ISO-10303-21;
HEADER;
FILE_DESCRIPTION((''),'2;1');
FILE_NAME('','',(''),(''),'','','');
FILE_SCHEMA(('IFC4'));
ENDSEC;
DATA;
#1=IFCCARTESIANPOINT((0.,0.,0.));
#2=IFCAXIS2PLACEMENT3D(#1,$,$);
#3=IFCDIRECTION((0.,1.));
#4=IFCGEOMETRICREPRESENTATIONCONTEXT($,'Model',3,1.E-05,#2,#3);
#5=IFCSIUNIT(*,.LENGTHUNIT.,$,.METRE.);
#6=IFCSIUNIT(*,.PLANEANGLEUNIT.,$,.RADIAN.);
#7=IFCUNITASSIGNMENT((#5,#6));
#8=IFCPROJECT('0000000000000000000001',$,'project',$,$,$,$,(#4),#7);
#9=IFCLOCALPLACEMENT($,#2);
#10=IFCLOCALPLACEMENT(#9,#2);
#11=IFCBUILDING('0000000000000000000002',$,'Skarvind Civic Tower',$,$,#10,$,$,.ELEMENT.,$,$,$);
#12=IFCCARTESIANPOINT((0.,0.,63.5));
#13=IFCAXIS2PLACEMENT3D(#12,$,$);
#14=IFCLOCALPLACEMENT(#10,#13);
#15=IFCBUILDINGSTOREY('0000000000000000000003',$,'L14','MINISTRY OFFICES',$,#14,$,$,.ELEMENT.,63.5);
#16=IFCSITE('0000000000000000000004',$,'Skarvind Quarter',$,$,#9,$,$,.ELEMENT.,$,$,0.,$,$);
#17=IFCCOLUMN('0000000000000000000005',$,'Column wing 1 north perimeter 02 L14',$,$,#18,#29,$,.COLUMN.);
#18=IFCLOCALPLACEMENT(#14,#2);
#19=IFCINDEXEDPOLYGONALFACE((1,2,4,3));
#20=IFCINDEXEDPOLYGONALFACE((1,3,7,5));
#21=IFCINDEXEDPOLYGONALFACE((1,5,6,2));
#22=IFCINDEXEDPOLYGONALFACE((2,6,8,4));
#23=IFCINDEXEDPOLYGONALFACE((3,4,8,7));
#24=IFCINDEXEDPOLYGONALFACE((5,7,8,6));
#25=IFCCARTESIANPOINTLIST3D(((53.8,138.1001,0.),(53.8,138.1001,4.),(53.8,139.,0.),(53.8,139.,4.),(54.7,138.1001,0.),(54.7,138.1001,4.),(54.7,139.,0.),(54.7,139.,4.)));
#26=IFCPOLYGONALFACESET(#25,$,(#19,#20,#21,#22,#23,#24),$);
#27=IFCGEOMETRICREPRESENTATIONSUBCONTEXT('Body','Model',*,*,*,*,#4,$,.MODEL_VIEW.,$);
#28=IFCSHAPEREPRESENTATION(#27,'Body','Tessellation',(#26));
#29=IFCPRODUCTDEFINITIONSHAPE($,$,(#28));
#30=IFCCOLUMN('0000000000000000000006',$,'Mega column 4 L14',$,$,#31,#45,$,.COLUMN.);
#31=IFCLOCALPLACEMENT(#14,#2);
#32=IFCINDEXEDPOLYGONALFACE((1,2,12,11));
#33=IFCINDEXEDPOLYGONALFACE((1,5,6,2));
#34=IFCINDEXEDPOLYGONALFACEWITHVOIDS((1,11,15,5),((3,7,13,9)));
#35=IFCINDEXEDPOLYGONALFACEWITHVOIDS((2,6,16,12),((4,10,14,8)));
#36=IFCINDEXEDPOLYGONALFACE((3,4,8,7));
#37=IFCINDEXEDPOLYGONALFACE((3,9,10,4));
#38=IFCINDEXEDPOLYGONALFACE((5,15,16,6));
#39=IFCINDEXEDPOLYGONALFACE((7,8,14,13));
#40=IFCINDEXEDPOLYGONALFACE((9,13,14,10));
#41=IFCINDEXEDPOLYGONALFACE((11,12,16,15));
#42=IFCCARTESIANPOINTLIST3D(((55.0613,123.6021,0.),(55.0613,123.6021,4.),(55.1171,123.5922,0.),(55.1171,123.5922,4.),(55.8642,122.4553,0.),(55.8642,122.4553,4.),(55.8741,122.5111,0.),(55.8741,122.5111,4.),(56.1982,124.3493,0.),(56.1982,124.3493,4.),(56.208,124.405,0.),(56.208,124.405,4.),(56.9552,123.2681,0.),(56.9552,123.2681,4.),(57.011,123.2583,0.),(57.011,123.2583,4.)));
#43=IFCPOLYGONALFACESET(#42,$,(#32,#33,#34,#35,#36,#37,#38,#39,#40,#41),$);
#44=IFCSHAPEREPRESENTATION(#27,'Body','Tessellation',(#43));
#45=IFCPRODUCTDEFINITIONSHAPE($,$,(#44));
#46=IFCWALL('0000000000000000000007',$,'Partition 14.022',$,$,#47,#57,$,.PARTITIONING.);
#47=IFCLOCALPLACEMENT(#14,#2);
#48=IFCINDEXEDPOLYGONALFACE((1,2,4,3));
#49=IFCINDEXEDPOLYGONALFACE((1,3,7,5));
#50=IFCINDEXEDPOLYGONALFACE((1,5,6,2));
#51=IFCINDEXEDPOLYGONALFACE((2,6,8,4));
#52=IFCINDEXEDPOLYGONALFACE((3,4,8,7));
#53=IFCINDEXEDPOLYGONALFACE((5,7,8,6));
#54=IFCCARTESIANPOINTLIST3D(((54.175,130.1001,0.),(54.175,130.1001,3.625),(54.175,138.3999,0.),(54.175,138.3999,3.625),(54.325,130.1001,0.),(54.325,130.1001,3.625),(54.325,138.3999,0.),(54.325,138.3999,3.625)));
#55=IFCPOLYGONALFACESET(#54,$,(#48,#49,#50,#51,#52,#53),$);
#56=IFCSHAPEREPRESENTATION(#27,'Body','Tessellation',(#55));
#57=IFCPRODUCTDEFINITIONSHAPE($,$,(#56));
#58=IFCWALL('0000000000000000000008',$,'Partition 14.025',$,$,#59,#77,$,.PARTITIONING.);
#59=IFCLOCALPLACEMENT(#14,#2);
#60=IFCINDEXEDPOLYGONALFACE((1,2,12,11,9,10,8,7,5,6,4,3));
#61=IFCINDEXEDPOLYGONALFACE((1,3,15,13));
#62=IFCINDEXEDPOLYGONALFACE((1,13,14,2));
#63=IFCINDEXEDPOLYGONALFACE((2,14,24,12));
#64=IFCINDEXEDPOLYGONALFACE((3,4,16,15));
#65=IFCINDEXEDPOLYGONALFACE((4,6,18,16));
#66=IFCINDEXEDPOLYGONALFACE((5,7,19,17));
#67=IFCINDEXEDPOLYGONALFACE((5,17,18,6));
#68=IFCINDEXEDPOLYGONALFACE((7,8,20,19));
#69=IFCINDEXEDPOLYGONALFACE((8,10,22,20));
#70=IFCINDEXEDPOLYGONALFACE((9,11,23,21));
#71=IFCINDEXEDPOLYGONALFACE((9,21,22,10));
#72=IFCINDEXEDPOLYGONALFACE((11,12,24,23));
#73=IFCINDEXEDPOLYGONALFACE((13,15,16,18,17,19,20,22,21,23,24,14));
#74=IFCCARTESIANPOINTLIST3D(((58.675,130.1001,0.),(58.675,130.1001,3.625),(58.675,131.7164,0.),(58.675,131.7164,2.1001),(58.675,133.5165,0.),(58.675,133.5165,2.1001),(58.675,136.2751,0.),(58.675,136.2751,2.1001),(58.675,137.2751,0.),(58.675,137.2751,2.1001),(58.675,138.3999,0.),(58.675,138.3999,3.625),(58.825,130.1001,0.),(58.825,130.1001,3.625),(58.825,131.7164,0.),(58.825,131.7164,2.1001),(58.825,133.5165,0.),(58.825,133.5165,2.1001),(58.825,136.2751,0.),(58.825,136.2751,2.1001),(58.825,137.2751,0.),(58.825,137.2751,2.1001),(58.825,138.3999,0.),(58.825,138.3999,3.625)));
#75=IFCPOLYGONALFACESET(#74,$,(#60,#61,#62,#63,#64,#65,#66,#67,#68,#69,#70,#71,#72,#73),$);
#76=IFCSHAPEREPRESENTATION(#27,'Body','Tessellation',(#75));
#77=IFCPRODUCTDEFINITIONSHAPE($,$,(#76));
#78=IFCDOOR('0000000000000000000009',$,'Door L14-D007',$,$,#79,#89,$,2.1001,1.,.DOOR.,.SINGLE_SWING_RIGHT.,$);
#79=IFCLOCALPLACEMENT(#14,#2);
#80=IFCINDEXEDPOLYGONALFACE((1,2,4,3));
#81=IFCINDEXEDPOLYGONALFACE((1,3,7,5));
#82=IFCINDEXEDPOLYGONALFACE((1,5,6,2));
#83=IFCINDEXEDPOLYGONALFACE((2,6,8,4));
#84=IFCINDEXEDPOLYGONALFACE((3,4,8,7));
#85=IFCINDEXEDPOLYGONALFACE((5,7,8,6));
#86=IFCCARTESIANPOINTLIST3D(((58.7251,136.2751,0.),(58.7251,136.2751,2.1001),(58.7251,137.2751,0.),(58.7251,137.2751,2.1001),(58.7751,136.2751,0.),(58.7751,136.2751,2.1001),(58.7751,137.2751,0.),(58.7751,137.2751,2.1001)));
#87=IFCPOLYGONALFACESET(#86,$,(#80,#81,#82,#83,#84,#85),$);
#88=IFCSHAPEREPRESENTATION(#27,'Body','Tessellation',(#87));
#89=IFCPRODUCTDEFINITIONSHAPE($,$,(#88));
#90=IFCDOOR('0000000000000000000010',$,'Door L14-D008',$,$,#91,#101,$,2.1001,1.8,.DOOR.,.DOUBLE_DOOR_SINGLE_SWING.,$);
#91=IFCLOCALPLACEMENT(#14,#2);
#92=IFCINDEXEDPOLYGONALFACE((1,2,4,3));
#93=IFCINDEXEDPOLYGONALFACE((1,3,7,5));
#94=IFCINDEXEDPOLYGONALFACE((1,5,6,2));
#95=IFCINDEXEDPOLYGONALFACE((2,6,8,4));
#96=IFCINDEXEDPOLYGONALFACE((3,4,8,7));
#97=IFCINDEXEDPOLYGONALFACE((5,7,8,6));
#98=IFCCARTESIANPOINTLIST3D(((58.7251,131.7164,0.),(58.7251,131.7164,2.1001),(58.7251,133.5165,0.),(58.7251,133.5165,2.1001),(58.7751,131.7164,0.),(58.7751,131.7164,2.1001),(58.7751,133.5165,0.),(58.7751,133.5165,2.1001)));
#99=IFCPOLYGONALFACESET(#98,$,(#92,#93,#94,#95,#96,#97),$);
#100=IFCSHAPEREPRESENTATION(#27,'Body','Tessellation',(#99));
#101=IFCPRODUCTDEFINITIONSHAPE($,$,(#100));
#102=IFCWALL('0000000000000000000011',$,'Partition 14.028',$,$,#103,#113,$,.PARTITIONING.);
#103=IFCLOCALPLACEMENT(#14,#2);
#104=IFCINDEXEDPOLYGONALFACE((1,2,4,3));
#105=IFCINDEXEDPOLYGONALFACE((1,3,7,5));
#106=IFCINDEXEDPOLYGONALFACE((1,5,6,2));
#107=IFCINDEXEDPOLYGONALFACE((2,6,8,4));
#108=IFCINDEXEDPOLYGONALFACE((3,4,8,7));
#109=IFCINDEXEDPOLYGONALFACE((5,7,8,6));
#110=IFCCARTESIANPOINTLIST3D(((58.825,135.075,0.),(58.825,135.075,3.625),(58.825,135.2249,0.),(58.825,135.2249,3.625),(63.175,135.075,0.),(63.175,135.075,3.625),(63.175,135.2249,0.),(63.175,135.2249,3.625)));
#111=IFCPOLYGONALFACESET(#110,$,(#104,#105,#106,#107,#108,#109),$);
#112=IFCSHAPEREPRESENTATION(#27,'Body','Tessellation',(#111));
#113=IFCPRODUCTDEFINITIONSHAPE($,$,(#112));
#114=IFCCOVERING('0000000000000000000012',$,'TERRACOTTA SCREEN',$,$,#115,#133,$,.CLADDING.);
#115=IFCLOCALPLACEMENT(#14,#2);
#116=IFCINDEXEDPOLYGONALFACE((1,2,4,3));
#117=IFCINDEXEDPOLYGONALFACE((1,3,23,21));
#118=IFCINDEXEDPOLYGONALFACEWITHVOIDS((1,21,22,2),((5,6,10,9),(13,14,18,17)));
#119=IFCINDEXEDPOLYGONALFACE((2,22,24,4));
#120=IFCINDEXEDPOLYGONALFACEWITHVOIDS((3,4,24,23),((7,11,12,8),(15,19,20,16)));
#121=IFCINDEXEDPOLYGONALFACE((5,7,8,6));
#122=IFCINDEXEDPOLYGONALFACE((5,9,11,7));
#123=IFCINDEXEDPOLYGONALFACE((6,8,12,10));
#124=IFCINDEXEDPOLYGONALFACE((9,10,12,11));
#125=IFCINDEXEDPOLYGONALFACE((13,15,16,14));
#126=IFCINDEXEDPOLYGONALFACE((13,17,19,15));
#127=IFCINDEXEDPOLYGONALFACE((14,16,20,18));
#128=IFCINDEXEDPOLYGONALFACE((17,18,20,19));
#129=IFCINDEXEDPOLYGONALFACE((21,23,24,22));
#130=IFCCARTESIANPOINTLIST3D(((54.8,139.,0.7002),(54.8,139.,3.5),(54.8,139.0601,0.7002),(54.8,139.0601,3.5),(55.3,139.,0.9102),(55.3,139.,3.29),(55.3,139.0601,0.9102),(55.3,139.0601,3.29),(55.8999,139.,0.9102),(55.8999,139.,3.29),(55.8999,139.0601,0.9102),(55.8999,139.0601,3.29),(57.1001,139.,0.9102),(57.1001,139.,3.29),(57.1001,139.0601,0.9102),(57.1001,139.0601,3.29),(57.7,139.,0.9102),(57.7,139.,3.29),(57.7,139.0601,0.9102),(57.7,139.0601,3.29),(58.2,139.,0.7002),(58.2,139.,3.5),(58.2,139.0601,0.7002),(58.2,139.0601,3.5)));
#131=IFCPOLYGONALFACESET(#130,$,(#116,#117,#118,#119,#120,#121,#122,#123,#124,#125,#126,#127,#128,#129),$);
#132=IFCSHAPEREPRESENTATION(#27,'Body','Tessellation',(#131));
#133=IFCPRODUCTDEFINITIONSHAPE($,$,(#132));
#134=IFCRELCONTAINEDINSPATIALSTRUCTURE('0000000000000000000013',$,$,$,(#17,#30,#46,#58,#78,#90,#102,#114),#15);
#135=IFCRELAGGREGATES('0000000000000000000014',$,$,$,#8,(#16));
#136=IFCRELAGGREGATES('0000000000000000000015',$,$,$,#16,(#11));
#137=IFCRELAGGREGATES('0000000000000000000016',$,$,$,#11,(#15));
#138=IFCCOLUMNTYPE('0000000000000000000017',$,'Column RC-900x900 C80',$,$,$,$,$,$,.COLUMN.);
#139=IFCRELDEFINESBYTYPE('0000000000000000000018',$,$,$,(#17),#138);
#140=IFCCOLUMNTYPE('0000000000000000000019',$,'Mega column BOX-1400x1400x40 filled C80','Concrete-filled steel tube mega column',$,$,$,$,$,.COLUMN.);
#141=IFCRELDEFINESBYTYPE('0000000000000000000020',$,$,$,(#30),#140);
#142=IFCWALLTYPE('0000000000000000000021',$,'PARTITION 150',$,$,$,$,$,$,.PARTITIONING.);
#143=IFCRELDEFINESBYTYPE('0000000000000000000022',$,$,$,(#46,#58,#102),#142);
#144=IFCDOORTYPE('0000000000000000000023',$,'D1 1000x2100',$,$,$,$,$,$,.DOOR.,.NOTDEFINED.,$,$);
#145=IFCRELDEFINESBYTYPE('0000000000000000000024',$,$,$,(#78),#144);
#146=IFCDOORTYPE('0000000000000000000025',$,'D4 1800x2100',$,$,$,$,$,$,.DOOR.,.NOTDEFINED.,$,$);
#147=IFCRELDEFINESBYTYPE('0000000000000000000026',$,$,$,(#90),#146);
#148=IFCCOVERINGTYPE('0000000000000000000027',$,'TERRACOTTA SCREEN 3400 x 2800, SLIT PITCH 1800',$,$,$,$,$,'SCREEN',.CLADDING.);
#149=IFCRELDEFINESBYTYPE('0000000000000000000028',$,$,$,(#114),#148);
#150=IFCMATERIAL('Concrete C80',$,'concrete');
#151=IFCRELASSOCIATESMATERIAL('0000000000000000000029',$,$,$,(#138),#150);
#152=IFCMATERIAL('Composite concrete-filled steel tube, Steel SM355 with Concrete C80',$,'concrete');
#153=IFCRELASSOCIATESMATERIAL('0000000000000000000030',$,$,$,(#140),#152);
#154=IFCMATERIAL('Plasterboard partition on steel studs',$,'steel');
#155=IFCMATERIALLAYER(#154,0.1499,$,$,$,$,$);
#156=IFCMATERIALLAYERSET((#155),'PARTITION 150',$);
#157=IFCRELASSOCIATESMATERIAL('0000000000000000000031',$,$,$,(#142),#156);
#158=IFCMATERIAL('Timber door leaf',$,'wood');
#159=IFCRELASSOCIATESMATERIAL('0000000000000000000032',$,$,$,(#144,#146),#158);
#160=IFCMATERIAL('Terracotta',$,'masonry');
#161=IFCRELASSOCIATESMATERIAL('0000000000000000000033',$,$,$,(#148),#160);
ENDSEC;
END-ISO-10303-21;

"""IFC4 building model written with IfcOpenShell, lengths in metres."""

from ifc_helpers import new_model, si_unit, direction, frame, frame_2d, origin, origin_2d, place, context, subcontext, project, spatial, polyline, rectangle, hollow_rectangle, outline, extrude, material, layer, layer_set, material_profile, profile_set, type_object, element, fill, save


model = new_model("IFC4")

# Units and contexts
model_context = context("Model", 3, precision=1e-05, world=origin(), true_north=direction((0.0, 1.0)))
body_context = subcontext(model_context, "Body", "Model", "MODEL_VIEW")
ifc_project = project(units=[si_unit("LENGTHUNIT", "METRE"), si_unit("PLANEANGLEUNIT", "RADIAN")], contexts=[model_context])

# Site, building, storey
site_placement = place(None, origin())
site = spatial("IfcSite", under=ifc_project, at=site_placement, Name="Skarvind Quarter", CompositionType="ELEMENT", RefElevation=0.0)
building_placement = place(site_placement, origin())
building = spatial("IfcBuilding", under=site, at=building_placement, Name="Skarvind Civic Tower", CompositionType="ELEMENT")
storey_placement = place(building_placement, frame((0.0, 0.0, 63.5)))
storey = spatial("IfcBuildingStorey", under=building, at=storey_placement, Name="L14", Description="MINISTRY OFFICES", CompositionType="ELEMENT", Elevation=63.5)

# Columns
ifc_material_1 = material(Name="Concrete C80", Category="concrete")
ifc_material_profile_1 = material_profile(ifc_material_1, rectangle(XDim=0.8999, YDim=0.8999, at=origin_2d()), Name="RC-900x900")
ifc_profile_set_1 = profile_set([ifc_material_profile_1], Name="Concrete C80")
column_type_1 = type_object("IfcColumnType", Name="Column RC-900x900 C80", PredefinedType="COLUMN", material=ifc_profile_set_1)
column_1_placement = place(storey_placement, frame((54.25, 138.55, 0.0), z_axis=(0.0, 0.0, 1.0), x_axis=(1.0, 0.0, 0.0)))
element("IfcColumn", 1, at=column_1_placement, inside=storey, type_object=column_type_1, Name="Column wing 1 north perimeter 02 L14", PredefinedType="COLUMN", context=body_context, shape_type="SweptSolid", body=[
    extrude(rectangle(XDim=0.8999, YDim=0.8999, at=origin_2d()), origin(), (0.0, 0.0, 1.0), 4.0),
])
ifc_material_2 = material(Name="Composite concrete-filled steel tube, Steel SM355 with Concrete C80", Category="concrete")
ifc_material_profile_2 = material_profile(ifc_material_2, hollow_rectangle(XDim=1.3999, YDim=1.3999, WallThickness=0.04, at=origin_2d()), Name="BOX-1400x1400x40")
ifc_profile_set_2 = profile_set([ifc_material_profile_2], Name="Composite concrete-filled steel tube, Steel SM355 with Concrete C80")
column_type_2 = type_object("IfcColumnType", Name="Mega column BOX-1400x1400x40 filled C80", Description="Concrete-filled steel tube mega column", PredefinedType="COLUMN", material=ifc_profile_set_2)
column_2_placement = place(storey_placement, frame((56.0361, 123.4302, 0.0), z_axis=(0.0, 0.0, 1.0), x_axis=(0.573576, -0.819152, 0.0)))
element("IfcColumn", 2, at=column_2_placement, inside=storey, type_object=column_type_2, Name="Mega column 4 L14", PredefinedType="COLUMN", context=body_context, shape_type="SweptSolid", body=[
    extrude(hollow_rectangle(XDim=1.3999, YDim=1.3999, WallThickness=0.04, at=origin_2d()), origin(), (0.0, 0.0, 1.0), 4.0),
])

# Wall
ifc_material_3 = material(Name="Plasterboard partition on steel studs", Category="steel")
ifc_layer = layer(ifc_material_3, 0.1499)
ifc_layer_set = layer_set([ifc_layer], Name="PARTITION 150")
wall_type = type_object("IfcWallType", Name="PARTITION 150", PredefinedType="PARTITIONING", material=ifc_layer_set)
wall_1_placement = place(storey_placement, frame((54.25, 138.3999, 0.0), z_axis=(0.0, 0.0, 1.0), x_axis=(0.0, -1.0, 0.0)))
element("IfcWall", 3, at=wall_1_placement, inside=storey, type_object=wall_type, Name="Partition 14.022", PredefinedType="PARTITIONING", context=body_context, shape_type="SweptSolid", body=[
    extrude(rectangle(XDim=8.2998, YDim=0.1499, at=frame_2d((4.1499, 0.0))), origin(), (0.0, 0.0, 1.0), 3.625),
])

# Wall, openings, doors
wall_2_placement = place(storey_placement, frame((58.75, 130.1001, 0.0), z_axis=(0.0, 0.0, 1.0), x_axis=(0.0, 1.0, 0.0)))
wall_2 = element("IfcWall", 4, at=wall_2_placement, inside=storey, type_object=wall_type, Name="Partition 14.025", PredefinedType="PARTITIONING", context=body_context, shape_type="SweptSolid", body=[
    extrude(rectangle(XDim=8.2998, YDim=0.1499, at=frame_2d((4.1499, 0.0))), origin(), (0.0, 0.0, 1.0), 3.625),
])
opening_1_placement = place(wall_2_placement, frame((6.175, 0.0, 0.0)))
opening_1 = element("IfcOpeningElement", 5, at=opening_1_placement, cuts=wall_2, PredefinedType="OPENING", context=body_context, shape_type="SweptSolid", body=[
    extrude(rectangle(XDim=1.0, YDim=2.1001, at=frame_2d((0.5, 1.05))), frame((0.0, 0.085, 0.0), z_axis=(0.0, -1.0, 0.0), x_axis=(1.0, 0.0, 0.0)), (0.0, 0.0, 1.0), 0.1699),
])
opening_2_placement = place(wall_2_placement, frame((1.6165, 0.0, 0.0)))
opening_2 = element("IfcOpeningElement", 6, at=opening_2_placement, cuts=wall_2, PredefinedType="OPENING", context=body_context, shape_type="SweptSolid", body=[
    extrude(rectangle(XDim=1.8, YDim=2.1001, at=frame_2d((0.8999, 1.05))), frame((0.0, 0.085, 0.0), z_axis=(0.0, -1.0, 0.0), x_axis=(1.0, 0.0, 0.0)), (0.0, 0.0, 1.0), 0.1699),
])
ifc_material_4 = material(Name="Timber door leaf", Category="wood")
door_type_1 = type_object("IfcDoorType", Name="D1 1000x2100", OperationType="NOTDEFINED", PredefinedType="DOOR", material=ifc_material_4)
door_1_placement = place(opening_1_placement, origin())
door_1 = element("IfcDoor", 7, at=door_1_placement, inside=storey, type_object=door_type_1, Name="Door L14-D007", OperationType="SINGLE_SWING_RIGHT", OverallHeight=2.1001, OverallWidth=1.0, PredefinedType="DOOR", context=body_context, shape_type="SweptSolid", body=[
    extrude(rectangle(XDim=1.0, YDim=2.1001, at=frame_2d((0.5, 1.05))), frame((0.0, 0.0249, 0.0), z_axis=(0.0, -1.0, 0.0), x_axis=(1.0, 0.0, 0.0)), (0.0, 0.0, 1.0), 0.05),
])
fill(opening_1, door_1)
door_type_2 = type_object("IfcDoorType", Name="D4 1800x2100", OperationType="NOTDEFINED", PredefinedType="DOOR", material=ifc_material_4)
door_2_placement = place(opening_2_placement, origin())
door_2 = element("IfcDoor", 8, at=door_2_placement, inside=storey, type_object=door_type_2, Name="Door L14-D008", OperationType="DOUBLE_DOOR_SINGLE_SWING", OverallHeight=2.1001, OverallWidth=1.8, PredefinedType="DOOR", context=body_context, shape_type="SweptSolid", body=[
    extrude(rectangle(XDim=1.8, YDim=2.1001, at=frame_2d((0.8999, 1.05))), frame((0.0, 0.0249, 0.0), z_axis=(0.0, -1.0, 0.0), x_axis=(1.0, 0.0, 0.0)), (0.0, 0.0, 1.0), 0.05),
])
fill(opening_2, door_2)

# Wall
wall_3_placement = place(storey_placement, frame((63.175, 135.1499, 0.0), z_axis=(0.0, 0.0, 1.0), x_axis=(-1.0, 0.0, 0.0)))
element("IfcWall", 9, at=wall_3_placement, inside=storey, type_object=wall_type, Name="Partition 14.028", PredefinedType="PARTITIONING", context=body_context, shape_type="SweptSolid", body=[
    extrude(rectangle(XDim=4.3501, YDim=0.1499, at=frame_2d((2.175, 0.0))), origin(), (0.0, 0.0, 1.0), 3.625),
])

# Covering
ifc_material_5 = material(Name="Terracotta", Category="masonry")
ifc_material_profile_3 = material_profile(ifc_material_5, outline(polyline([(-1.7, -1.3999), (1.7, -1.3999), (1.7, 1.3999), (-1.7, 1.3999), (-1.7, -1.3999)]), holes=[polyline([(-1.2, -1.1899), (-0.6001, -1.1899), (-0.6001, 1.1899), (-1.2, 1.1899), (-1.2, -1.1899)]), polyline([(0.6001, -1.1899), (1.2, -1.1899), (1.2, 1.1899), (0.6001, 1.1899), (0.6001, -1.1899)])]), Name="TERRACOTTA SCREEN 3400 x 2800, SLIT PITCH 1800")
ifc_profile_set_3 = profile_set([ifc_material_profile_3], Name="Terracotta")
covering_type = type_object("IfcCoveringType", Name="TERRACOTTA SCREEN 3400 x 2800, SLIT PITCH 1800", ElementType="SCREEN", PredefinedType="CLADDING", material=ifc_profile_set_3)
covering_placement = place(storey_placement, frame((56.5, 139.0, 2.1001), z_axis=(0.0, 1.0, 0.0), x_axis=(-1.0, 0.0, 0.0)))
element("IfcCovering", 10, at=covering_placement, inside=storey, type_object=covering_type, Name="TERRACOTTA SCREEN", PredefinedType="CLADDING", context=body_context, shape_type="SweptSolid", body=[
    extrude(outline(polyline([(-1.7, -1.3999), (1.7, -1.3999), (1.7, 1.3999), (-1.7, 1.3999), (-1.7, -1.3999)]), holes=[polyline([(-1.2, -1.1899), (-0.6001, -1.1899), (-0.6001, 1.1899), (-1.2, 1.1899), (-1.2, -1.1899)]), polyline([(0.6001, -1.1899), (1.2, -1.1899), (1.2, 1.1899), (0.6001, 1.1899), (0.6001, -1.1899)])]), origin(), (0.0, 0.0, 1.0), 0.0601),
])

save(model, "model.ifc")
